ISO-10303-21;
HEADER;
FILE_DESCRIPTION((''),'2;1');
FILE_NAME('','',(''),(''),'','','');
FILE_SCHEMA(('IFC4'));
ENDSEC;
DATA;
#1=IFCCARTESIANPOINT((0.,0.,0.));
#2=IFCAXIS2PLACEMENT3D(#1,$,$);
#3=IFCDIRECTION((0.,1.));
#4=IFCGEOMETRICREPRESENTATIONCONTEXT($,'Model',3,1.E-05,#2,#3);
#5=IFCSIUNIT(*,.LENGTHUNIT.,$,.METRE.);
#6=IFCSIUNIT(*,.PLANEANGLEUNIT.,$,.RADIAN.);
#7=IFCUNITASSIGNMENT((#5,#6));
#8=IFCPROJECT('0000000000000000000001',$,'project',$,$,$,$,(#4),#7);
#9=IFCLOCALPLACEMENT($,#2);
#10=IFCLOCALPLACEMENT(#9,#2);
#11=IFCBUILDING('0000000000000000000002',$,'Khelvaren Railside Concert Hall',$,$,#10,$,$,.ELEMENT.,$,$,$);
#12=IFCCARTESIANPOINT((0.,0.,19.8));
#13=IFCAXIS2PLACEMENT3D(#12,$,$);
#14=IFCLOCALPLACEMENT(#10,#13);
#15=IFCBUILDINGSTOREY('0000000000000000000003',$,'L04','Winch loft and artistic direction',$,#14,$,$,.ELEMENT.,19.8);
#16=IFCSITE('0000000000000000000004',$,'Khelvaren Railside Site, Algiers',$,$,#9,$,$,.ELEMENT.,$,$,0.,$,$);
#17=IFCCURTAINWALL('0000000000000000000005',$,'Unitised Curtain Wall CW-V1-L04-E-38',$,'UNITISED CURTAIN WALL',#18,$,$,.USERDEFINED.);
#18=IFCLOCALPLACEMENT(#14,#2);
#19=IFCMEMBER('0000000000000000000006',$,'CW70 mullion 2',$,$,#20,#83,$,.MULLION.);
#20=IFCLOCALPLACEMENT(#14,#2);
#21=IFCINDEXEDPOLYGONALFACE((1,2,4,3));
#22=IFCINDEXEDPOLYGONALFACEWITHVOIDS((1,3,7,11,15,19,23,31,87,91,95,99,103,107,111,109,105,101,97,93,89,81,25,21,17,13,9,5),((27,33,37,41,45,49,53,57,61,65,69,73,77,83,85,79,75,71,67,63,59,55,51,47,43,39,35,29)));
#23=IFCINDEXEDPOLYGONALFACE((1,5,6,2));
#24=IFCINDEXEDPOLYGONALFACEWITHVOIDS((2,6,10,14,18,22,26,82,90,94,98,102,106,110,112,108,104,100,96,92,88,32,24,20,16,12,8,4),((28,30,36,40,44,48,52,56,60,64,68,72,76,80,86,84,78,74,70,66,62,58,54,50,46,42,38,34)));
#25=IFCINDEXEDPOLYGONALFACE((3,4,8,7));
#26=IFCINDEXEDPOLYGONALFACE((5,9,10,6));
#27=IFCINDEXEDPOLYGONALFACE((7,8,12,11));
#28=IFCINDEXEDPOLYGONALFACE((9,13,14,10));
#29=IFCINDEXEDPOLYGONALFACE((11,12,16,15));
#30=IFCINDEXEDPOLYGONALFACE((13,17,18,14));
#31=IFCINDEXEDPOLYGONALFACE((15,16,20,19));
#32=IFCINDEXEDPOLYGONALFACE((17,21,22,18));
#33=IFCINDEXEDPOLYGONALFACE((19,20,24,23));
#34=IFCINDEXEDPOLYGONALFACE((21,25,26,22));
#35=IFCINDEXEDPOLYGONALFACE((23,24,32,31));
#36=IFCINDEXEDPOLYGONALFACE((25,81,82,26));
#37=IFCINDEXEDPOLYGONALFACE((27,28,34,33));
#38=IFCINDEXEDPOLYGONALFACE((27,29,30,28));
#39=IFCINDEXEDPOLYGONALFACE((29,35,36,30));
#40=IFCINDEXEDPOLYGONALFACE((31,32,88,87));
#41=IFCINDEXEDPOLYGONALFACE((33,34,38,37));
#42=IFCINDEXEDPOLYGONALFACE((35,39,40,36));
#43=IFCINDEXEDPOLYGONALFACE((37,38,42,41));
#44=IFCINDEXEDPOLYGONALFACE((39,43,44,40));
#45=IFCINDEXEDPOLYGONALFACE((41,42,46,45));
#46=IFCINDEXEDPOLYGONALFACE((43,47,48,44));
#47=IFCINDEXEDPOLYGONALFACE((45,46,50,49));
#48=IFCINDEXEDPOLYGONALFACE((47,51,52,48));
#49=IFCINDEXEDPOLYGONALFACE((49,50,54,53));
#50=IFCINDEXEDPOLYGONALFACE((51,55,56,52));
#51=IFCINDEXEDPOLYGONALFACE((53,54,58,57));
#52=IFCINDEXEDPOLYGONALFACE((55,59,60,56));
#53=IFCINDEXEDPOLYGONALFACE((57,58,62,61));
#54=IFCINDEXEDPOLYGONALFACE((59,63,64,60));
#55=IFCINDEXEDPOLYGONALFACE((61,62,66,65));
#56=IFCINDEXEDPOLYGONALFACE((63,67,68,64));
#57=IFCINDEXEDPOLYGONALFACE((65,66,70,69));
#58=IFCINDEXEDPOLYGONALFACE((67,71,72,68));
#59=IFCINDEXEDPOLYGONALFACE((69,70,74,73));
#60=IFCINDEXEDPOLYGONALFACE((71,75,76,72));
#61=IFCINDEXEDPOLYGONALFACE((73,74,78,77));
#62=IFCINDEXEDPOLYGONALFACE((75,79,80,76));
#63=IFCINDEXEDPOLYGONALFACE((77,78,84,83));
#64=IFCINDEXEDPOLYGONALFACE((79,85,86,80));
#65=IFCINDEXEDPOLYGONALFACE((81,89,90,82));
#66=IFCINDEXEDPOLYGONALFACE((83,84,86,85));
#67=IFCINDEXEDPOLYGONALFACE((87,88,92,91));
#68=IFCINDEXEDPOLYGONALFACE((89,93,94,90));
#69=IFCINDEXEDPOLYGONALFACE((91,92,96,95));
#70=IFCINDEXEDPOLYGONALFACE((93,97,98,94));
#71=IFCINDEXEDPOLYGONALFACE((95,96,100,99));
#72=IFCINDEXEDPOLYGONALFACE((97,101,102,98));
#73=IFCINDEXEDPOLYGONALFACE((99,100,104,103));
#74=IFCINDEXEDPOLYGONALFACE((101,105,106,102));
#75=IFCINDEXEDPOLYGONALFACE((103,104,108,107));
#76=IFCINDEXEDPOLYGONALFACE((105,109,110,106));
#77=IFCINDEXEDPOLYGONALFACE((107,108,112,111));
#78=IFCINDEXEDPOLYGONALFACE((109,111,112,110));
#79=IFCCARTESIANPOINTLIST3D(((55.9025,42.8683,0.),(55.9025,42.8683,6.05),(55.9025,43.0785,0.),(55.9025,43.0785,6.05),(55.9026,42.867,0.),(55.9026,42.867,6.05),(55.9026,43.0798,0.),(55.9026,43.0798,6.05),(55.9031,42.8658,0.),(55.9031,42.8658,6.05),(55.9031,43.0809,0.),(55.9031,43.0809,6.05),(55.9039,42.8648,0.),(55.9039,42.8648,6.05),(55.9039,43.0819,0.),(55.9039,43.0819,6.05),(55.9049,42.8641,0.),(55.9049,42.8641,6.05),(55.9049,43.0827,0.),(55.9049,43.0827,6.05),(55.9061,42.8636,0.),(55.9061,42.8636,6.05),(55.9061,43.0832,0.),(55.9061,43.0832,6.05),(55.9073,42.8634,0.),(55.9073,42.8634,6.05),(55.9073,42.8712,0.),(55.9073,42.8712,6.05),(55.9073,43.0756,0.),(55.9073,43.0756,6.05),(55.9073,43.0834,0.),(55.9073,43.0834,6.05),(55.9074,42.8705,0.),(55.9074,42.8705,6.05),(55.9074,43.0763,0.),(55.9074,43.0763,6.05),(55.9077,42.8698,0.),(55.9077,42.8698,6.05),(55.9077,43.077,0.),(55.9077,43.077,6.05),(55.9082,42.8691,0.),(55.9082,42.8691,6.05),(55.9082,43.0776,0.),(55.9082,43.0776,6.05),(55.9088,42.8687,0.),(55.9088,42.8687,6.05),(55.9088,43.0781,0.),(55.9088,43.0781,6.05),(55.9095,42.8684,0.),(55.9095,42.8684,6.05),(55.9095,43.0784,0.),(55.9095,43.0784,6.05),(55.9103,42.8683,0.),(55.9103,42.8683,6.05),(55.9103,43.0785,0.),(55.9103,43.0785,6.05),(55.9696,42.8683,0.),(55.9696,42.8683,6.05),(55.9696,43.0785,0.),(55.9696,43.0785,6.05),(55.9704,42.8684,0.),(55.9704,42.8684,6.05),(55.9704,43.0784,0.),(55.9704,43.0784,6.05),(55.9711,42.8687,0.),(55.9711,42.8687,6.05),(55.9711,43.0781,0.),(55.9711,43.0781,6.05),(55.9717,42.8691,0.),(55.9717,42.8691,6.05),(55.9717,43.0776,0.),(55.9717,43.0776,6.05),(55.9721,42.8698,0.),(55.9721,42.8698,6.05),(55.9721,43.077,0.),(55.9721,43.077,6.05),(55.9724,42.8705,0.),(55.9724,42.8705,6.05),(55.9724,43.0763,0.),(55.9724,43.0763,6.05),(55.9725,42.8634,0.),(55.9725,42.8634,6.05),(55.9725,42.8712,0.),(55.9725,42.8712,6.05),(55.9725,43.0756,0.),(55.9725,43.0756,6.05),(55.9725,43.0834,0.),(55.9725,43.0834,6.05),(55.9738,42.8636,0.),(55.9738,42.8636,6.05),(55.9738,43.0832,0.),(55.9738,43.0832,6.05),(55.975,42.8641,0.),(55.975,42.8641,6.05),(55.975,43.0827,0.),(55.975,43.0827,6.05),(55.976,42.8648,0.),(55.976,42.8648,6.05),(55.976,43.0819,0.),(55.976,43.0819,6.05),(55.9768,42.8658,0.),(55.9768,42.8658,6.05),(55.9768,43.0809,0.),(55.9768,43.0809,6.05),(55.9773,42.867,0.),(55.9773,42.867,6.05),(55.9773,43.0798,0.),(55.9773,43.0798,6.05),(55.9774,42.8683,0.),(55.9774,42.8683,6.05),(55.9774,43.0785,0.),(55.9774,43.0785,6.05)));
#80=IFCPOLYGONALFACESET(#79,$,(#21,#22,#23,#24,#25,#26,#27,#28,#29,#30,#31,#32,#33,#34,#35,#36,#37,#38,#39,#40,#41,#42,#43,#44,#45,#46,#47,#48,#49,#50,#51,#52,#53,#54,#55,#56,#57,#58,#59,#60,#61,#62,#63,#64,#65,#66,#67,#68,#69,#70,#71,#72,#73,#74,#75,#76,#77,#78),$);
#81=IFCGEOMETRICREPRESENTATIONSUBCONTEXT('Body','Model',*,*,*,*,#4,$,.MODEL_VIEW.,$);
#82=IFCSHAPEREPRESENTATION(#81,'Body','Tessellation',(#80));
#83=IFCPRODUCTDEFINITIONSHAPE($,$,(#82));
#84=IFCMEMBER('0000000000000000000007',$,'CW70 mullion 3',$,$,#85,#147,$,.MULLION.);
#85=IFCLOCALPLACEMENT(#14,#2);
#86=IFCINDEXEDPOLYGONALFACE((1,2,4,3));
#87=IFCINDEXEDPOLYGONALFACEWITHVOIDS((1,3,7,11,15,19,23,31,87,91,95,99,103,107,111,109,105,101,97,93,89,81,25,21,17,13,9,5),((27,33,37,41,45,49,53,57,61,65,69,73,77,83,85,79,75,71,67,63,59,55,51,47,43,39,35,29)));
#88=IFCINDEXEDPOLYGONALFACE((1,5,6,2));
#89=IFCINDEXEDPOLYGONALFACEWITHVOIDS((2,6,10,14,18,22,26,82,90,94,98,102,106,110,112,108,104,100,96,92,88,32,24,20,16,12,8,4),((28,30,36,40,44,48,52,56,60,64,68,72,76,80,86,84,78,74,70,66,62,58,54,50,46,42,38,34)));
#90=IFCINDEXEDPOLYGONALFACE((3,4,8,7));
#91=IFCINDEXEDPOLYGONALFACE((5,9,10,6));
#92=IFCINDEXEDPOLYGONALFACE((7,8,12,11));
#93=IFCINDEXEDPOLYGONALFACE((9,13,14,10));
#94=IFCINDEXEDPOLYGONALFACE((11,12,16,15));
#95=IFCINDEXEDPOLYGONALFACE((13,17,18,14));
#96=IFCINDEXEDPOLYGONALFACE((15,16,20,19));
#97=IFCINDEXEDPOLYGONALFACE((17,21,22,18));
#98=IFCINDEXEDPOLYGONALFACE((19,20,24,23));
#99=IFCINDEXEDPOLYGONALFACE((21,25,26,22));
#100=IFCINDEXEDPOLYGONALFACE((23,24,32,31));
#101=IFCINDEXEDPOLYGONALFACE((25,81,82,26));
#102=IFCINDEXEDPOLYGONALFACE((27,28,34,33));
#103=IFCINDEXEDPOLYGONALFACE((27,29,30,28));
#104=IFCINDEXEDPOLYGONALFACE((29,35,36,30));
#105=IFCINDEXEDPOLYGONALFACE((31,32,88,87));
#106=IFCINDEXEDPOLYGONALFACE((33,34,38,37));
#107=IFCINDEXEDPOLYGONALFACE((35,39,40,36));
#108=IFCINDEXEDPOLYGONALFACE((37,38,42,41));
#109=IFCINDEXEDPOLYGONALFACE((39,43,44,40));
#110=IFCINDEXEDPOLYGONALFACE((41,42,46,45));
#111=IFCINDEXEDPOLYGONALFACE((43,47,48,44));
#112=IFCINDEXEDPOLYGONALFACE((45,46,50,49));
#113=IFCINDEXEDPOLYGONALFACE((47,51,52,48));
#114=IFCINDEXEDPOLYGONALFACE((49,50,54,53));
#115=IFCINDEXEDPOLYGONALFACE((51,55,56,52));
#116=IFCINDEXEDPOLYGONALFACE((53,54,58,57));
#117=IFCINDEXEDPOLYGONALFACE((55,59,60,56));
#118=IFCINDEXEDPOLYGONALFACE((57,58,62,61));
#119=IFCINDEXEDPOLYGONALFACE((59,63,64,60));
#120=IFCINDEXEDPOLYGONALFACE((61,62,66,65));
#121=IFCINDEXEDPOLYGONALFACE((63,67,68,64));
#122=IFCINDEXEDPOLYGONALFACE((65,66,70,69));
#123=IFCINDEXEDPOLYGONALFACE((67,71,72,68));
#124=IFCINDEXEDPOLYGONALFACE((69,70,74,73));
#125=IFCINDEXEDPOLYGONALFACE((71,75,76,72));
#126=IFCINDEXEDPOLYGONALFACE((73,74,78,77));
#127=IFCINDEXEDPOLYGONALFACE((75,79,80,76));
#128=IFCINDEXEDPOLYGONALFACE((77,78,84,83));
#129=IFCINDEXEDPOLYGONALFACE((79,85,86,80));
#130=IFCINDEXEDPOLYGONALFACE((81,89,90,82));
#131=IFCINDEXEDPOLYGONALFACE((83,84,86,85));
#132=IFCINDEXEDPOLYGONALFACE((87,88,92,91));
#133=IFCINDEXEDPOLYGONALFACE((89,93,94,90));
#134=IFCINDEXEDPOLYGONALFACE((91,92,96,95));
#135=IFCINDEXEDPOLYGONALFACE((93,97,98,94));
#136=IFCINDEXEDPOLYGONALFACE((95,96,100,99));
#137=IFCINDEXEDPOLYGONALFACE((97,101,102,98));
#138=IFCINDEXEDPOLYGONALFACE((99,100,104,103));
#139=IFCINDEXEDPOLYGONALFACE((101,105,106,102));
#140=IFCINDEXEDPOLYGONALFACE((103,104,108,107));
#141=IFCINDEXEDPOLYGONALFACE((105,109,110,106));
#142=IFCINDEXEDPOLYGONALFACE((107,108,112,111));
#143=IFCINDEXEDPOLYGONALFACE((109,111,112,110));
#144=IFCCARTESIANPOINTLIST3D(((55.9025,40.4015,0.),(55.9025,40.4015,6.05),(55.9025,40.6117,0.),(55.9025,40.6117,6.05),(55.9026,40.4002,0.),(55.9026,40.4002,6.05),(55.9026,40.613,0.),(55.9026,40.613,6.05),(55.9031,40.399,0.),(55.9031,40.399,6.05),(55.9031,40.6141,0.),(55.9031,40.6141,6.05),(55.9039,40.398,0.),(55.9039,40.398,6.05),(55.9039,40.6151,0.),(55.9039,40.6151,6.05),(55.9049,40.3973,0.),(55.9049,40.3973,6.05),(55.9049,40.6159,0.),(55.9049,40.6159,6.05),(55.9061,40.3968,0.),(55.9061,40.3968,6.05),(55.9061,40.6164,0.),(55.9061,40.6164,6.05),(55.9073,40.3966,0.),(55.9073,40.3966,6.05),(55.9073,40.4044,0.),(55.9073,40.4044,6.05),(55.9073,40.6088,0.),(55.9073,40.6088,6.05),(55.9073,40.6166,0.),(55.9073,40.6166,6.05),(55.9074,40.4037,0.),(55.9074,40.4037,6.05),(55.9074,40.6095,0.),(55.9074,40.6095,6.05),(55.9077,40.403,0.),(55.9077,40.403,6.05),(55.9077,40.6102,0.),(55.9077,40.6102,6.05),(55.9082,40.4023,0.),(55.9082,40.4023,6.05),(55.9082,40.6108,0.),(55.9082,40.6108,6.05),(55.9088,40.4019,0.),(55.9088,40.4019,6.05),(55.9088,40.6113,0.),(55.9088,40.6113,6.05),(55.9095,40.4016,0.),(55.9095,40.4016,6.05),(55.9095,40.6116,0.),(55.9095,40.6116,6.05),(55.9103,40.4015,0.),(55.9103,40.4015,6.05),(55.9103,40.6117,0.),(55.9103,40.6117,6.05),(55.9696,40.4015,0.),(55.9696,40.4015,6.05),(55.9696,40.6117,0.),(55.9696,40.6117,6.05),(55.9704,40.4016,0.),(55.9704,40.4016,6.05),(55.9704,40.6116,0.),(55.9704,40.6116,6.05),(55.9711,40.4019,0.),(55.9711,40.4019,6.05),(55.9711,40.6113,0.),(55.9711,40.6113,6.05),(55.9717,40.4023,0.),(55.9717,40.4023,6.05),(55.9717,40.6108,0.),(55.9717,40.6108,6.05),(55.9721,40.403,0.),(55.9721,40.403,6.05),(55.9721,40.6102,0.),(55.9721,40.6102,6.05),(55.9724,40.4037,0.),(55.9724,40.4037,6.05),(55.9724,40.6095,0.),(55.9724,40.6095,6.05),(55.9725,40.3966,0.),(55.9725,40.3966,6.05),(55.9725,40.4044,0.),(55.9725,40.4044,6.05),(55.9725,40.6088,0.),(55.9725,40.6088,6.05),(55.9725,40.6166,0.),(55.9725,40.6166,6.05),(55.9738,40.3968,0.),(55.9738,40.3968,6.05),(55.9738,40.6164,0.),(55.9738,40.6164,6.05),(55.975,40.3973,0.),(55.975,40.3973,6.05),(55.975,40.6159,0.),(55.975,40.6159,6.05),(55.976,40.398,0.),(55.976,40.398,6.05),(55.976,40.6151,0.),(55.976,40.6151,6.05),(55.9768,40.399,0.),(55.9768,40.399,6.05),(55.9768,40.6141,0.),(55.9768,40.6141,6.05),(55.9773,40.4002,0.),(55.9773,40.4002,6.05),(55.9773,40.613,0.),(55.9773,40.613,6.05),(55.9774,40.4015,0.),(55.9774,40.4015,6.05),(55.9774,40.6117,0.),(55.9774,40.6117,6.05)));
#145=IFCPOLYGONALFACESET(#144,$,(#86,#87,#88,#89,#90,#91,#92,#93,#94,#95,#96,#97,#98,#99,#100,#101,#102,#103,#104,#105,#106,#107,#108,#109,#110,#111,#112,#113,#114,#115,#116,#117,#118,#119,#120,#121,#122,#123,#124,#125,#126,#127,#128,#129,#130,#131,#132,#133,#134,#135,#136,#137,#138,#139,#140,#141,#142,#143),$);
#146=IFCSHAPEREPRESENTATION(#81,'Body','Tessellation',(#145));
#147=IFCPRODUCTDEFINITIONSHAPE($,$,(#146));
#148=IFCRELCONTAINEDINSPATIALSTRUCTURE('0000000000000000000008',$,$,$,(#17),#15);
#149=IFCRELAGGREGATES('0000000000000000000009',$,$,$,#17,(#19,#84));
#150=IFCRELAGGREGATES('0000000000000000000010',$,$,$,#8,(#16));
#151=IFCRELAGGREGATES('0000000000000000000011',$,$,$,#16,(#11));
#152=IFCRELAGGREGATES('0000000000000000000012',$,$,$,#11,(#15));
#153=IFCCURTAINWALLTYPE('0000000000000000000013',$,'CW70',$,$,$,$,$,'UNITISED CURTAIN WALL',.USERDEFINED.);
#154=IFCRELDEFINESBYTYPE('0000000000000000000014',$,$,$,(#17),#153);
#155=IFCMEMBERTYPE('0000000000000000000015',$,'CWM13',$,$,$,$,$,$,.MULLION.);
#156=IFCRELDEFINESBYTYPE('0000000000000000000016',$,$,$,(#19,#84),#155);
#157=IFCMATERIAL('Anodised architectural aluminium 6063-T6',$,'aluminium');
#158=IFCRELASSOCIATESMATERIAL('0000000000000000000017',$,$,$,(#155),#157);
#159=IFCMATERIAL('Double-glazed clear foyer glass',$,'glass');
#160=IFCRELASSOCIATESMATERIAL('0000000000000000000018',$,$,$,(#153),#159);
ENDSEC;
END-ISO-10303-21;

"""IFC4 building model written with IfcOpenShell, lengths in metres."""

from ifc_helpers import new_model, si_unit, direction, frame, origin, origin_2d, place, context, subcontext, project, spatial, hollow_rectangle, extrude, material, material_profile, profile_set, type_object, element, aggregate, save


model = new_model("IFC4")

# Units and contexts
model_context = context("Model", 3, precision=1e-05, world=origin(), true_north=direction((0.0, 1.0)))
body_context = subcontext(model_context, "Body", "Model", "MODEL_VIEW")
ifc_project = project(units=[si_unit("LENGTHUNIT", "METRE"), si_unit("PLANEANGLEUNIT", "RADIAN")], contexts=[model_context])

# Site, building, storey
site_placement = place(None, origin())
site = spatial("IfcSite", under=ifc_project, at=site_placement, Name="Khelvaren Railside Site, Algiers", CompositionType="ELEMENT", RefElevation=0.0)
building_placement = place(site_placement, origin())
building = spatial("IfcBuilding", under=site, at=building_placement, Name="Khelvaren Railside Concert Hall", CompositionType="ELEMENT")
storey_placement = place(building_placement, frame((0.0, 0.0, 19.8)))
storey = spatial("IfcBuildingStorey", under=building, at=storey_placement, Name="L04", Description="Winch loft and artistic direction", CompositionType="ELEMENT", Elevation=19.8)

# Curtain wall, members
ifc_material_1 = material(Name="Double-glazed clear foyer glass", Category="glass")
ifc_material_2 = material(Name="Anodised architectural aluminium 6063-T6", Category="aluminium")
ifc_material_profile_1 = material_profile(ifc_material_2, hollow_rectangle(XDim=0.075, YDim=0.22, WallThickness=0.0049, InnerFilletRadius=0.0029, OuterFilletRadius=0.0049, at=origin_2d()), Name="CWM 75x220x5")
ifc_profile_set_1 = profile_set([ifc_material_profile_1], Name="Anodised architectural aluminium 6063-T6")
member_type_1 = type_object("IfcMemberType", Name="CWM13", PredefinedType="MULLION", material=ifc_profile_set_1)
curtain_wall_type_1 = type_object("IfcCurtainWallType", Name="CW70", ElementType="UNITISED CURTAIN WALL", PredefinedType="USERDEFINED", material=ifc_material_1)
curtain_wall_1_placement = place(storey_placement, origin())
curtain_wall_1 = element("IfcCurtainWall", 1, at=curtain_wall_1_placement, inside=storey, type_object=curtain_wall_type_1, Name="Unitised Curtain Wall CW-V1-L04-E-38", ObjectType="UNITISED CURTAIN WALL", PredefinedType="USERDEFINED")
member_1_placement = place(storey_placement, frame((55.9399, 42.9734, 0.0), z_axis=(0.0, 0.0, 1.0), x_axis=(1.0, 0.0, 0.0)))
member_1 = element("IfcMember", 2, at=member_1_placement, type_object=member_type_1, Name="CW70 mullion 2", PredefinedType="MULLION", context=body_context, shape_type="SweptSolid", body=[
    extrude(hollow_rectangle(XDim=0.075, YDim=0.22, WallThickness=0.0049, InnerFilletRadius=0.0029, OuterFilletRadius=0.0049, at=origin_2d()), origin(), (0.0, 0.0, 1.0), 6.05),
])
member_2_placement = place(storey_placement, frame((55.9399, 40.5066, 0.0), z_axis=(0.0, 0.0, 1.0), x_axis=(1.0, 0.0, 0.0)))
member_2 = element("IfcMember", 3, at=member_2_placement, type_object=member_type_1, Name="CW70 mullion 3", PredefinedType="MULLION", context=body_context, shape_type="SweptSolid", body=[
    extrude(hollow_rectangle(XDim=0.075, YDim=0.22, WallThickness=0.0049, InnerFilletRadius=0.0029, OuterFilletRadius=0.0049, at=origin_2d()), origin(), (0.0, 0.0, 1.0), 6.05),
])

aggregate(curtain_wall_1, [member_1, member_2])

save(model, "model.ifc")
